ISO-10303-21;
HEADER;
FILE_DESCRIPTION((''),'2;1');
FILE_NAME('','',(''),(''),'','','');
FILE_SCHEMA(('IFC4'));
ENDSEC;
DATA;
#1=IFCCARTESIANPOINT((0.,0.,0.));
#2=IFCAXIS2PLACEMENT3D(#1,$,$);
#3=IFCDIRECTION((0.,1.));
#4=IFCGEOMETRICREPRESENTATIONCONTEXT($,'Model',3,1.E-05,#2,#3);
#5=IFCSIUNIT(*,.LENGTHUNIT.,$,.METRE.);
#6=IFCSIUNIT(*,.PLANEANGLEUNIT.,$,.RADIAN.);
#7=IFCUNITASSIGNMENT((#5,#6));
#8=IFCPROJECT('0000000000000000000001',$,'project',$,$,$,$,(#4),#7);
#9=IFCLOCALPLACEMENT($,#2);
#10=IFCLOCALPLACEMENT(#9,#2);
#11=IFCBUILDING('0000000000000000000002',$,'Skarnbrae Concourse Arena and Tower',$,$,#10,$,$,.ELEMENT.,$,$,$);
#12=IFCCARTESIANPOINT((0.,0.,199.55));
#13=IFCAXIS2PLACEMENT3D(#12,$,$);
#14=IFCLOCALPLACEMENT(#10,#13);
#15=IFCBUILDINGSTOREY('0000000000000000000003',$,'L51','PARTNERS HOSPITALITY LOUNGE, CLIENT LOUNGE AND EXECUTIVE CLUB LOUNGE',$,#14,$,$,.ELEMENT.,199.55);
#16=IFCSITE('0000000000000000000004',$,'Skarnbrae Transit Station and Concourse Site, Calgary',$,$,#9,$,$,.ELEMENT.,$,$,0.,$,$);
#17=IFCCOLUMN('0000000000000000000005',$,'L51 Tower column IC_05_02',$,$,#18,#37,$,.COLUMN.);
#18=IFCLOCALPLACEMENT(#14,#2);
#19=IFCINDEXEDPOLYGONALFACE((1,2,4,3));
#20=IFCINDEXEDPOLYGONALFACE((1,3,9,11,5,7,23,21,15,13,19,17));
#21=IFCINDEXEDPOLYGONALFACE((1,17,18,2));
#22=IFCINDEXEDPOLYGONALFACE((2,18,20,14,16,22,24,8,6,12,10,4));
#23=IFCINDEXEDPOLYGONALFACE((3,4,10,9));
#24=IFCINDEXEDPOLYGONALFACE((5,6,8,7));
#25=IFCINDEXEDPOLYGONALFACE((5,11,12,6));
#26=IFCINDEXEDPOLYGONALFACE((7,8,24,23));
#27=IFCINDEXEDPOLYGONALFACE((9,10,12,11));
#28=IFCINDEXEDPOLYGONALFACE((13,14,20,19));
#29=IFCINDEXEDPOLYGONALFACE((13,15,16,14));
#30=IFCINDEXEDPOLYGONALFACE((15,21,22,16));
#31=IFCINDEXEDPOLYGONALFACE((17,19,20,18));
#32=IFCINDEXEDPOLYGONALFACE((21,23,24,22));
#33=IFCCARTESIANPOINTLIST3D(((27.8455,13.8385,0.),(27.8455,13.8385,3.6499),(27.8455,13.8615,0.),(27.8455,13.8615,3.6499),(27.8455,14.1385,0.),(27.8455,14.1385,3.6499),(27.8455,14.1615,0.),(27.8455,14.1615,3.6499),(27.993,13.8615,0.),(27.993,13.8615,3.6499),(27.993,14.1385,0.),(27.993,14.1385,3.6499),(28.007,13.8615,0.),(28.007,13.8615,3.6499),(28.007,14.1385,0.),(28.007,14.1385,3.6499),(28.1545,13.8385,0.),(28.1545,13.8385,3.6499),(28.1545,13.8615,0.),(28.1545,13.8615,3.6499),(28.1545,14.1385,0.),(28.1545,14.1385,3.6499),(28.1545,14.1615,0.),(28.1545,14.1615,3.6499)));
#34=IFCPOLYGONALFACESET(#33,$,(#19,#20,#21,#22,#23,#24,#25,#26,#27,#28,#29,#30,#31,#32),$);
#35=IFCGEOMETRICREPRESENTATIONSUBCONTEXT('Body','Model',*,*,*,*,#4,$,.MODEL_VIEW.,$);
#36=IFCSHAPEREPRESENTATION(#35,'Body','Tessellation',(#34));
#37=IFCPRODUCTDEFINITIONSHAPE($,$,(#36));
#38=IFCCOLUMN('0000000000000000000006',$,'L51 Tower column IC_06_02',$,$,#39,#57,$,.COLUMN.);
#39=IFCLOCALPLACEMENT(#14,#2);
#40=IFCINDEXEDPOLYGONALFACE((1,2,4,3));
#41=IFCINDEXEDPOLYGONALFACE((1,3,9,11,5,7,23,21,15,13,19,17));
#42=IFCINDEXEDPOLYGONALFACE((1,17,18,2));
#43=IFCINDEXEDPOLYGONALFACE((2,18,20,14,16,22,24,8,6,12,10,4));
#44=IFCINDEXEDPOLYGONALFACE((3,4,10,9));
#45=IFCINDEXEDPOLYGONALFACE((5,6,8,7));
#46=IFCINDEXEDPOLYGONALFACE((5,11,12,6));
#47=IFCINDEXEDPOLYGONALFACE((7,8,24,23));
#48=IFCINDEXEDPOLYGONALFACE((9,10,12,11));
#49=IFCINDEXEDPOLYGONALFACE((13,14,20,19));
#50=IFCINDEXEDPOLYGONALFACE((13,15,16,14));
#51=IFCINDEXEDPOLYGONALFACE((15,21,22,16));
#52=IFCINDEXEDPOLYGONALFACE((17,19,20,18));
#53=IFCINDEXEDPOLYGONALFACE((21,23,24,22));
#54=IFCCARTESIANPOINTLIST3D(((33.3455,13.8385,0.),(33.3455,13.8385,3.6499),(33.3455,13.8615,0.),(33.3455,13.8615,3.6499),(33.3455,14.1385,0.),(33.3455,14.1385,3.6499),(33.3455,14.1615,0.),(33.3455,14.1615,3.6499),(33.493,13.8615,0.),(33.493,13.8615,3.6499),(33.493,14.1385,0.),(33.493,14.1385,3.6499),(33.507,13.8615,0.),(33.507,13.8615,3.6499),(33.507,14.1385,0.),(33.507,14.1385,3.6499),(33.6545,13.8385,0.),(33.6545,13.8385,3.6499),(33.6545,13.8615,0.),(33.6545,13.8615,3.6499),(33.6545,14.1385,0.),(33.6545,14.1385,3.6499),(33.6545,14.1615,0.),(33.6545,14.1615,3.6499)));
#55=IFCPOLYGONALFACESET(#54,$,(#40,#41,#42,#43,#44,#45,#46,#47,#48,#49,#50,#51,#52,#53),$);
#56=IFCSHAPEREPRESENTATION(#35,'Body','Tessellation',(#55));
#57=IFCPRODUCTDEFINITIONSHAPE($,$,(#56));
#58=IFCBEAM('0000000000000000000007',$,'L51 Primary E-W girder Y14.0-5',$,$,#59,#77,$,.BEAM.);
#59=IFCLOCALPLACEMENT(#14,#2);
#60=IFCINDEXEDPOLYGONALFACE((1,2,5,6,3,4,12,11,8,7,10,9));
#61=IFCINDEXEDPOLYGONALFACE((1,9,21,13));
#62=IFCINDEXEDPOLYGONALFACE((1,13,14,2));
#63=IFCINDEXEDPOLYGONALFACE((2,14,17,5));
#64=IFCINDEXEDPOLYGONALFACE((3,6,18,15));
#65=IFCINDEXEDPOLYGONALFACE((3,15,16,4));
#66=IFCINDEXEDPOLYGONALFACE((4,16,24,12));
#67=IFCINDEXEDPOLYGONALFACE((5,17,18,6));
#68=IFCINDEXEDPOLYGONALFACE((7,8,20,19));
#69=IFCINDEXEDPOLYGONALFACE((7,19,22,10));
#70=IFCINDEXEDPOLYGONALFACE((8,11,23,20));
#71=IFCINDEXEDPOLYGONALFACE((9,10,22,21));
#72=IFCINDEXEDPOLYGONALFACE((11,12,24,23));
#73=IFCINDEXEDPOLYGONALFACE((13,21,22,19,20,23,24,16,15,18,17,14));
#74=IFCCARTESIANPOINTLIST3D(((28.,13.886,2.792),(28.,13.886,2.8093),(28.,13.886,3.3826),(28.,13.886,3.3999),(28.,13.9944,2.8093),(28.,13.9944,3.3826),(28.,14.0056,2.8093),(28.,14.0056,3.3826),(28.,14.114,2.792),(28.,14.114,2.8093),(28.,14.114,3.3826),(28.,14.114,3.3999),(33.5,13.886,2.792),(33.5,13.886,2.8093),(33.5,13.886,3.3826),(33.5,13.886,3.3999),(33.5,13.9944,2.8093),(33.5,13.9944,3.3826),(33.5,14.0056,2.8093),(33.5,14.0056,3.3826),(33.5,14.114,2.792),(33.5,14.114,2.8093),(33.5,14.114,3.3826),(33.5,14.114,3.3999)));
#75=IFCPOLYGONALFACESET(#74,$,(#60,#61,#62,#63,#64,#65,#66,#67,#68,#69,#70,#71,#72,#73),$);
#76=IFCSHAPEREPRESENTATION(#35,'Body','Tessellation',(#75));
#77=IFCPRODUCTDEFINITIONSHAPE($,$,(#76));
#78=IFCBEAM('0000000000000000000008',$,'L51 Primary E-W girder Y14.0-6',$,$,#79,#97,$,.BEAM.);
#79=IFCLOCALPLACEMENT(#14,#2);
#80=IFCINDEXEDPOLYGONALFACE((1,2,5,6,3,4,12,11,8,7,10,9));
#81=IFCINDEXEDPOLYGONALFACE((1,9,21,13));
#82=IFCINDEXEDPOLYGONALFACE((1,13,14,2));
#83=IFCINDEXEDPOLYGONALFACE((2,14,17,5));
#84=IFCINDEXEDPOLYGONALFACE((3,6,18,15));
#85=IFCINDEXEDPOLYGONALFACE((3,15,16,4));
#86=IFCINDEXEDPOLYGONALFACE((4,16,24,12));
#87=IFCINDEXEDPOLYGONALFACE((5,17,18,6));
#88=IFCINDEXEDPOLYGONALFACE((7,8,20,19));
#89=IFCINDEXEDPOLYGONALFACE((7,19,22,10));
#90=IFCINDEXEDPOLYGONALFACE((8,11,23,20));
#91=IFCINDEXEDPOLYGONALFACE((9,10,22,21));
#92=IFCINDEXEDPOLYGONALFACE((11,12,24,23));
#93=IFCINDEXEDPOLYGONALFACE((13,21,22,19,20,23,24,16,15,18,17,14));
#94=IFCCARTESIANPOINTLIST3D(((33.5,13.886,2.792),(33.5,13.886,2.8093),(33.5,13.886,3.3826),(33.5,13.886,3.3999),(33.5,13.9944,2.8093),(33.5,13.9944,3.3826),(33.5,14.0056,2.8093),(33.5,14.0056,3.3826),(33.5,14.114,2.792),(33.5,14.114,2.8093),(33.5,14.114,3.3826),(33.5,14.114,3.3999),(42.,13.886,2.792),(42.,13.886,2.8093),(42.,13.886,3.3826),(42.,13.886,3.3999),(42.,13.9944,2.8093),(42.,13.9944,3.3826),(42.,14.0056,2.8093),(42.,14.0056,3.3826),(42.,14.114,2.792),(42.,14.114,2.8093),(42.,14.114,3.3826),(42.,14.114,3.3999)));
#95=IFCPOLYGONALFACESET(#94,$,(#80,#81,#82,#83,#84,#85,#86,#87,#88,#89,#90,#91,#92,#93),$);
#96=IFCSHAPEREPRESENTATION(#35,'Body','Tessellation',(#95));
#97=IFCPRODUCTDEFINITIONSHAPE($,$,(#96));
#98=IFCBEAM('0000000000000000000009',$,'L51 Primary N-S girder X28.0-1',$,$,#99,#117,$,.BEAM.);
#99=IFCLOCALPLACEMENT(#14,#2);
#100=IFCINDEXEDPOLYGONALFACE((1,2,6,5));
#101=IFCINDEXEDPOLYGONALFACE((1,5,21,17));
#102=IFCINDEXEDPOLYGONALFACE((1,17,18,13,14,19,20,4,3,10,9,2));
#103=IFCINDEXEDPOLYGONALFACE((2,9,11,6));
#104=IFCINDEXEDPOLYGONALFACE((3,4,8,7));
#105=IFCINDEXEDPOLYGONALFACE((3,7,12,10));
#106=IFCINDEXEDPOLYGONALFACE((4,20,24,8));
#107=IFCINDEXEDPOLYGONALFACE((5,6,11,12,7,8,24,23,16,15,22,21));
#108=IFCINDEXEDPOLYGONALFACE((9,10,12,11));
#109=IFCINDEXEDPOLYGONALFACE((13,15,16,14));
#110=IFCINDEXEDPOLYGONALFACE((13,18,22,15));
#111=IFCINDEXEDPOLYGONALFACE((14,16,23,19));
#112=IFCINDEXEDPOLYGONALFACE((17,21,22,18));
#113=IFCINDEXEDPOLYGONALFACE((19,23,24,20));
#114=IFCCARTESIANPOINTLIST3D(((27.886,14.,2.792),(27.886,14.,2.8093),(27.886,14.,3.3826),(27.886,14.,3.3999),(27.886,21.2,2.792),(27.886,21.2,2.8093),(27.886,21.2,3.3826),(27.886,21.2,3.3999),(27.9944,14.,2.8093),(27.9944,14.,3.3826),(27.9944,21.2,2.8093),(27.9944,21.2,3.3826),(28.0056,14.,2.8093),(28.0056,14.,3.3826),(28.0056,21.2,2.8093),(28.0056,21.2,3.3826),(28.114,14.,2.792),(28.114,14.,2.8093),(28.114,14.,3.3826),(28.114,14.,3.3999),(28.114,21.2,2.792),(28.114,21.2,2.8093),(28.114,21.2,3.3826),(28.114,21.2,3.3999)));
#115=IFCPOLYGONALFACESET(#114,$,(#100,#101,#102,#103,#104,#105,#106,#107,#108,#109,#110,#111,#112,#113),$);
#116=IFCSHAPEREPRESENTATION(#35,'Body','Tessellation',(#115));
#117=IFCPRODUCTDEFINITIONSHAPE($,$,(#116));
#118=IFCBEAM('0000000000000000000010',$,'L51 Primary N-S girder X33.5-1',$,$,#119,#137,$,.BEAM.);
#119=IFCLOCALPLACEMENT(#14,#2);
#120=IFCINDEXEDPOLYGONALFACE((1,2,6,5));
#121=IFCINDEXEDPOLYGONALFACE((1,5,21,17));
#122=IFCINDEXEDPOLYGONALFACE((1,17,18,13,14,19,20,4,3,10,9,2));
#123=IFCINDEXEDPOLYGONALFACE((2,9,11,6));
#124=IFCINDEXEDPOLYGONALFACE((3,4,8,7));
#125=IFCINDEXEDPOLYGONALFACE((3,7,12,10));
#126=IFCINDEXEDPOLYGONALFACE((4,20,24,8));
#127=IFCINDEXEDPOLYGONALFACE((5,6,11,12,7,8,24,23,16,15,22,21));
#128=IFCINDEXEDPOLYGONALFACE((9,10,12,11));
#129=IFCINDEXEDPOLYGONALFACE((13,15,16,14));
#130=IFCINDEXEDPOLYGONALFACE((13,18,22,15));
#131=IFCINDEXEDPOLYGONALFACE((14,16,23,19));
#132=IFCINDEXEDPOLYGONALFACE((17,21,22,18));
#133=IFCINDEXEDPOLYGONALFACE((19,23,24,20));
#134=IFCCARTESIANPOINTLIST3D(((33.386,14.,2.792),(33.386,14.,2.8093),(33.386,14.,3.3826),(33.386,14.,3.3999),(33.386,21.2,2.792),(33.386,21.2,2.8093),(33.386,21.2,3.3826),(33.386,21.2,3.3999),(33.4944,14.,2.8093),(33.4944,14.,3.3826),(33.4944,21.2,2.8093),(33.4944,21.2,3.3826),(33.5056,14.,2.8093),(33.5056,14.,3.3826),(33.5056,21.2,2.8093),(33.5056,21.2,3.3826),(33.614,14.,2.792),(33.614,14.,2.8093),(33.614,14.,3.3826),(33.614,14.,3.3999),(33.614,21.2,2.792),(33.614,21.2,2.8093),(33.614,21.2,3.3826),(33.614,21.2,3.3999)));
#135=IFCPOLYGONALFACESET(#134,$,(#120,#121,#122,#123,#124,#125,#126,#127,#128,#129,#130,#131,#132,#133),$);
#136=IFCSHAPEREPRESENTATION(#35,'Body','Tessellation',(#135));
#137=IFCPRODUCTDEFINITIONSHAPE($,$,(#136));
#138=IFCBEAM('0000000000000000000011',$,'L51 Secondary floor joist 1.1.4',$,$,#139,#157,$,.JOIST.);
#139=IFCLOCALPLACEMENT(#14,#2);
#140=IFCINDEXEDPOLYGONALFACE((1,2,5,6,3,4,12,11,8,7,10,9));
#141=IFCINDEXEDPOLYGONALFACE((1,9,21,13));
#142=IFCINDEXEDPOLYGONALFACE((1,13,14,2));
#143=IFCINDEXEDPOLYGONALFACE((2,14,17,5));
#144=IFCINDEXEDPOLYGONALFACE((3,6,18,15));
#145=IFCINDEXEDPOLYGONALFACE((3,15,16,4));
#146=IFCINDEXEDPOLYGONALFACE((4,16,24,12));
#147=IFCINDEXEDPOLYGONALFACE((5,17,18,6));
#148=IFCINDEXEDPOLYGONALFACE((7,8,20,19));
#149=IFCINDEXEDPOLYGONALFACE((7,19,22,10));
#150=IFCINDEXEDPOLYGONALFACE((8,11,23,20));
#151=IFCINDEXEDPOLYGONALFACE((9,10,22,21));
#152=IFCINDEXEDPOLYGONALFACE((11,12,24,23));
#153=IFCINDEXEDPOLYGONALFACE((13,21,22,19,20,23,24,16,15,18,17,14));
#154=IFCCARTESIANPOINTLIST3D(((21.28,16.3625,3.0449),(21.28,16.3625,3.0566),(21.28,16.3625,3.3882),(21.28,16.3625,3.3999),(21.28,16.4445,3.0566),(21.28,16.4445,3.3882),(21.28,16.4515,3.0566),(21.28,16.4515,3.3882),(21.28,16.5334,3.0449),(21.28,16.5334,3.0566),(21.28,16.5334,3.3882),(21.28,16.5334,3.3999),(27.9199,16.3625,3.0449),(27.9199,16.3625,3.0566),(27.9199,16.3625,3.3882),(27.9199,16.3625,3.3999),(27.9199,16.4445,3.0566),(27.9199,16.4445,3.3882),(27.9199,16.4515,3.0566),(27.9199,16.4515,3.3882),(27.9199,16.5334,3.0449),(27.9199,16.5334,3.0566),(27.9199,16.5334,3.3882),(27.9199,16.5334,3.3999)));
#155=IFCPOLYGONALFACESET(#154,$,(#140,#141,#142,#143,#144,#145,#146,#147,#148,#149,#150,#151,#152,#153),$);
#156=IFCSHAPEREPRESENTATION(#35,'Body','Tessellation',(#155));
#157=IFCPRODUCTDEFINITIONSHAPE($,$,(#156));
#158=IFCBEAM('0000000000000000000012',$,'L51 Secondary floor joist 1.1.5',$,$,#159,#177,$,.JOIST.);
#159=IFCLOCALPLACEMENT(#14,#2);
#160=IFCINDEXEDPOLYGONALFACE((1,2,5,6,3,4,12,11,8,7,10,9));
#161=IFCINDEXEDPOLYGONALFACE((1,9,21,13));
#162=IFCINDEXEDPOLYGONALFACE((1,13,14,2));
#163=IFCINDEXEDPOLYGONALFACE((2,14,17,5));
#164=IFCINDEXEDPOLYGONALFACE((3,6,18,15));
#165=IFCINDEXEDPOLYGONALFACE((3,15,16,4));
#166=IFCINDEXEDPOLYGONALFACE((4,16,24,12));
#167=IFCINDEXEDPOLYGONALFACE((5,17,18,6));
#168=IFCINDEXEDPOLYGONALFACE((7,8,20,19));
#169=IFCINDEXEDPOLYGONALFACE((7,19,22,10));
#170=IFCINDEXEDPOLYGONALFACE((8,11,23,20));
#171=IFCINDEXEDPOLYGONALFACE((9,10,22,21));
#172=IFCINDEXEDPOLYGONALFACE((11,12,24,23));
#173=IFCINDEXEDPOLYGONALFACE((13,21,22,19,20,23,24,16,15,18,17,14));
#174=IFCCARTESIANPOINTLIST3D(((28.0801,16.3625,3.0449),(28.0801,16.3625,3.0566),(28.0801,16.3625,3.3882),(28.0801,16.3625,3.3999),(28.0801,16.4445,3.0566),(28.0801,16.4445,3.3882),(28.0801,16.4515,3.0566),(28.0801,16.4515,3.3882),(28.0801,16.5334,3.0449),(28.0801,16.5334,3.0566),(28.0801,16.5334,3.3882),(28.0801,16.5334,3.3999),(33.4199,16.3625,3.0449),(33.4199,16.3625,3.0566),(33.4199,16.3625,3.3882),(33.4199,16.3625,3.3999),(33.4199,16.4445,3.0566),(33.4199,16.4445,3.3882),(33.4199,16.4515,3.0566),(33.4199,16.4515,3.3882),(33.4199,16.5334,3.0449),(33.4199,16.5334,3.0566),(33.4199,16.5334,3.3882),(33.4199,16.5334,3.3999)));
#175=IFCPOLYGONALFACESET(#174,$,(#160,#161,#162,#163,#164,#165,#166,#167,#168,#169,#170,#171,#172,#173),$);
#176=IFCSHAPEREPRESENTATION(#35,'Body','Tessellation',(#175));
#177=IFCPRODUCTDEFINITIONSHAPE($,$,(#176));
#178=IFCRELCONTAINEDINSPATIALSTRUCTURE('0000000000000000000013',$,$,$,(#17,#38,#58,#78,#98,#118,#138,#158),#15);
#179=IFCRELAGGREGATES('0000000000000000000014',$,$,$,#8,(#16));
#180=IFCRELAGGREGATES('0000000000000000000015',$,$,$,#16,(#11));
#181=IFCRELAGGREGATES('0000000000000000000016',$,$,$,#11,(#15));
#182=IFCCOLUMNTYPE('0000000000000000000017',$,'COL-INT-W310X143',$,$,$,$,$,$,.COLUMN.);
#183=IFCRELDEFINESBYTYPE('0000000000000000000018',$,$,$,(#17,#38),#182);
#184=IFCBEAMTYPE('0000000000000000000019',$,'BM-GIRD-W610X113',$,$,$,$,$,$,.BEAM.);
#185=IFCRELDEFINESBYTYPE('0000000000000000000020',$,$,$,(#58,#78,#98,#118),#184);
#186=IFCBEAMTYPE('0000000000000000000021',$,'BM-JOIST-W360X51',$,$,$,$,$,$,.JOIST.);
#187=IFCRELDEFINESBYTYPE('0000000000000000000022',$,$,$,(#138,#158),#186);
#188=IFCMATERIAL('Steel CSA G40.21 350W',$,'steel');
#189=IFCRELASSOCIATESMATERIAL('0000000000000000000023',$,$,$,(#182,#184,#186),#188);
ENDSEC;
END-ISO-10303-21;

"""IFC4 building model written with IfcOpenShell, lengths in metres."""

from ifc_helpers import new_model, si_unit, direction, frame, origin, origin_2d, place, context, subcontext, project, spatial, i_section, extrude, source, transform, mapped, material, material_profile, profile_set, type_object, element, save


model = new_model("IFC4")

# Units and contexts
model_context = context("Model", 3, precision=1e-05, world=origin(), true_north=direction((0.0, 1.0)))
body_context = subcontext(model_context, "Body", "Model", "MODEL_VIEW")
ifc_project = project(units=[si_unit("LENGTHUNIT", "METRE"), si_unit("PLANEANGLEUNIT", "RADIAN")], contexts=[model_context])

# Site, building, storey
site_placement = place(None, origin())
site = spatial("IfcSite", under=ifc_project, at=site_placement, Name="Skarnbrae Transit Station and Concourse Site, Calgary", CompositionType="ELEMENT", RefElevation=0.0)
building_placement = place(site_placement, origin())
building = spatial("IfcBuilding", under=site, at=building_placement, Name="Skarnbrae Concourse Arena and Tower", CompositionType="ELEMENT")
storey_placement = place(building_placement, frame((0.0, 0.0, 199.55)))
storey = spatial("IfcBuildingStorey", under=building, at=storey_placement, Name="L51", Description="PARTNERS HOSPITALITY LOUNGE, CLIENT LOUNGE AND EXECUTIVE CLUB LOUNGE", CompositionType="ELEMENT", Elevation=199.55)

# Columns
ifc_material_1 = material(Name="Steel CSA G40.21 350W", Category="steel")
ifc_material_profile_1 = material_profile(ifc_material_1, i_section(OverallWidth=0.3091, OverallDepth=0.323, WebThickness=0.0139, FlangeThickness=0.0229, at=origin_2d()), Name="W310X143")
ifc_profile_set_1 = profile_set([ifc_material_profile_1], Name="Steel CSA G40.21 350W")
column_type = type_object("IfcColumnType", Name="COL-INT-W310X143", PredefinedType="COLUMN", material=ifc_profile_set_1)
shared_shape_1 = source(origin(), body_context, "Body", "SweptSolid", [
    extrude(i_section(OverallWidth=0.3091, OverallDepth=0.323, WebThickness=0.0139, FlangeThickness=0.0229, at=origin_2d()), origin(), (0.0, 0.0, 1.0), 3.6499),
])
for number, where, z_axis, x_axis, name in (
    (1, (28.0, 14.0, 0.0), (0.0, 0.0, 1.0), (1.0, 0.0, 0.0), "L51 Tower column IC_05_02"),
    (2, (33.5, 14.0, 0.0), (0.0, 0.0, 1.0), (1.0, 0.0, 0.0), "L51 Tower column IC_06_02"),
):
    element("IfcColumn", number, at=place(storey_placement, frame(where, z_axis=z_axis, x_axis=x_axis)), inside=storey, type_object=column_type, Name=name, PredefinedType="COLUMN", context=body_context, shape_type="MappedRepresentation", body=[
        mapped(shared_shape_1, transform((0.0, 0.0, 0.0))),
    ])

# Beams
ifc_material_profile_2 = material_profile(ifc_material_1, i_section(OverallWidth=0.228, OverallDepth=0.6079, WebThickness=0.0112, FlangeThickness=0.0173, at=origin_2d()), Name="W610X113")
ifc_profile_set_2 = profile_set([ifc_material_profile_2], Name="Steel CSA G40.21 350W")
beam_type_1 = type_object("IfcBeamType", Name="BM-GIRD-W610X113", PredefinedType="BEAM", material=ifc_profile_set_2)
shared_shape_2 = source(origin(), body_context, "Body", "SweptSolid", [
    extrude(i_section(OverallWidth=0.228, OverallDepth=0.6079, WebThickness=0.0112, FlangeThickness=0.0173, at=origin_2d()), origin(), (0.0, 0.0, 1.0), 5.5),
])
beam_1_placement = place(storey_placement, frame((28.0, 14.0, 3.0959), z_axis=(1.0, 0.0, 0.0), x_axis=(0.0, 1.0, 0.0)))
element("IfcBeam", 3, at=beam_1_placement, inside=storey, type_object=beam_type_1, Name="L51 Primary E-W girder Y14.0-5", PredefinedType="BEAM", context=body_context, shape_type="MappedRepresentation", body=[
    mapped(shared_shape_2, transform((0.0, 0.0, 0.0))),
])
shared_shape_3 = source(origin(), body_context, "Body", "SweptSolid", [
    extrude(i_section(OverallWidth=0.228, OverallDepth=0.6079, WebThickness=0.0112, FlangeThickness=0.0173, at=origin_2d()), origin(), (0.0, 0.0, 1.0), 8.5),
])
beam_2_placement = place(storey_placement, frame((33.5, 14.0, 3.0959), z_axis=(1.0, 0.0, 0.0), x_axis=(0.0, 1.0, 0.0)))
element("IfcBeam", 4, at=beam_2_placement, inside=storey, type_object=beam_type_1, Name="L51 Primary E-W girder Y14.0-6", PredefinedType="BEAM", context=body_context, shape_type="MappedRepresentation", body=[
    mapped(shared_shape_3, transform((0.0, 0.0, 0.0))),
])
shared_shape_4 = source(origin(), body_context, "Body", "SweptSolid", [
    extrude(i_section(OverallWidth=0.228, OverallDepth=0.6079, WebThickness=0.0112, FlangeThickness=0.0173, at=origin_2d()), origin(), (0.0, 0.0, 1.0), 7.2),
])
for number, where, z_axis, x_axis, name in (
    (5, (28.0, 14.0, 3.0959), (0.0, 1.0, 0.0), (-1.0, 0.0, 0.0), "L51 Primary N-S girder X28.0-1"),
    (6, (33.5, 14.0, 3.0959), (0.0, 1.0, 0.0), (-1.0, 0.0, 0.0), "L51 Primary N-S girder X33.5-1"),
):
    element("IfcBeam", number, at=place(storey_placement, frame(where, z_axis=z_axis, x_axis=x_axis)), inside=storey, type_object=beam_type_1, Name=name, PredefinedType="BEAM", context=body_context, shape_type="MappedRepresentation", body=[
        mapped(shared_shape_4, transform((0.0, 0.0, 0.0))),
    ])
ifc_material_profile_3 = material_profile(ifc_material_1, i_section(OverallWidth=0.1709, OverallDepth=0.355, WebThickness=0.0071, FlangeThickness=0.0117, at=origin_2d()), Name="W360X51")
ifc_profile_set_3 = profile_set([ifc_material_profile_3], Name="Steel CSA G40.21 350W")
beam_type_2 = type_object("IfcBeamType", Name="BM-JOIST-W360X51", PredefinedType="JOIST", material=ifc_profile_set_3)
shared_shape_5 = source(origin(), body_context, "Body", "SweptSolid", [
    extrude(i_section(OverallWidth=0.1709, OverallDepth=0.355, WebThickness=0.0071, FlangeThickness=0.0117, at=origin_2d()), origin(), (0.0, 0.0, 1.0), 6.6399),
])
beam_3_placement = place(storey_placement, frame((21.28, 16.448, 3.2224), z_axis=(1.0, 0.0, 0.0), x_axis=(0.0, 1.0, 0.0)))
element("IfcBeam", 7, at=beam_3_placement, inside=storey, type_object=beam_type_2, Name="L51 Secondary floor joist 1.1.4", PredefinedType="JOIST", context=body_context, shape_type="MappedRepresentation", body=[
    mapped(shared_shape_5, transform((0.0, 0.0, 0.0))),
])
shared_shape_6 = source(origin(), body_context, "Body", "SweptSolid", [
    extrude(i_section(OverallWidth=0.1709, OverallDepth=0.355, WebThickness=0.0071, FlangeThickness=0.0117, at=origin_2d()), origin(), (0.0, 0.0, 1.0), 5.3398),
])
beam_4_placement = place(storey_placement, frame((28.0801, 16.448, 3.2224), z_axis=(1.0, 0.0, 0.0), x_axis=(0.0, 1.0, 0.0)))
element("IfcBeam", 8, at=beam_4_placement, inside=storey, type_object=beam_type_2, Name="L51 Secondary floor joist 1.1.5", PredefinedType="JOIST", context=body_context, shape_type="MappedRepresentation", body=[
    mapped(shared_shape_6, transform((0.0, 0.0, 0.0))),
])

save(model, "model.ifc")
